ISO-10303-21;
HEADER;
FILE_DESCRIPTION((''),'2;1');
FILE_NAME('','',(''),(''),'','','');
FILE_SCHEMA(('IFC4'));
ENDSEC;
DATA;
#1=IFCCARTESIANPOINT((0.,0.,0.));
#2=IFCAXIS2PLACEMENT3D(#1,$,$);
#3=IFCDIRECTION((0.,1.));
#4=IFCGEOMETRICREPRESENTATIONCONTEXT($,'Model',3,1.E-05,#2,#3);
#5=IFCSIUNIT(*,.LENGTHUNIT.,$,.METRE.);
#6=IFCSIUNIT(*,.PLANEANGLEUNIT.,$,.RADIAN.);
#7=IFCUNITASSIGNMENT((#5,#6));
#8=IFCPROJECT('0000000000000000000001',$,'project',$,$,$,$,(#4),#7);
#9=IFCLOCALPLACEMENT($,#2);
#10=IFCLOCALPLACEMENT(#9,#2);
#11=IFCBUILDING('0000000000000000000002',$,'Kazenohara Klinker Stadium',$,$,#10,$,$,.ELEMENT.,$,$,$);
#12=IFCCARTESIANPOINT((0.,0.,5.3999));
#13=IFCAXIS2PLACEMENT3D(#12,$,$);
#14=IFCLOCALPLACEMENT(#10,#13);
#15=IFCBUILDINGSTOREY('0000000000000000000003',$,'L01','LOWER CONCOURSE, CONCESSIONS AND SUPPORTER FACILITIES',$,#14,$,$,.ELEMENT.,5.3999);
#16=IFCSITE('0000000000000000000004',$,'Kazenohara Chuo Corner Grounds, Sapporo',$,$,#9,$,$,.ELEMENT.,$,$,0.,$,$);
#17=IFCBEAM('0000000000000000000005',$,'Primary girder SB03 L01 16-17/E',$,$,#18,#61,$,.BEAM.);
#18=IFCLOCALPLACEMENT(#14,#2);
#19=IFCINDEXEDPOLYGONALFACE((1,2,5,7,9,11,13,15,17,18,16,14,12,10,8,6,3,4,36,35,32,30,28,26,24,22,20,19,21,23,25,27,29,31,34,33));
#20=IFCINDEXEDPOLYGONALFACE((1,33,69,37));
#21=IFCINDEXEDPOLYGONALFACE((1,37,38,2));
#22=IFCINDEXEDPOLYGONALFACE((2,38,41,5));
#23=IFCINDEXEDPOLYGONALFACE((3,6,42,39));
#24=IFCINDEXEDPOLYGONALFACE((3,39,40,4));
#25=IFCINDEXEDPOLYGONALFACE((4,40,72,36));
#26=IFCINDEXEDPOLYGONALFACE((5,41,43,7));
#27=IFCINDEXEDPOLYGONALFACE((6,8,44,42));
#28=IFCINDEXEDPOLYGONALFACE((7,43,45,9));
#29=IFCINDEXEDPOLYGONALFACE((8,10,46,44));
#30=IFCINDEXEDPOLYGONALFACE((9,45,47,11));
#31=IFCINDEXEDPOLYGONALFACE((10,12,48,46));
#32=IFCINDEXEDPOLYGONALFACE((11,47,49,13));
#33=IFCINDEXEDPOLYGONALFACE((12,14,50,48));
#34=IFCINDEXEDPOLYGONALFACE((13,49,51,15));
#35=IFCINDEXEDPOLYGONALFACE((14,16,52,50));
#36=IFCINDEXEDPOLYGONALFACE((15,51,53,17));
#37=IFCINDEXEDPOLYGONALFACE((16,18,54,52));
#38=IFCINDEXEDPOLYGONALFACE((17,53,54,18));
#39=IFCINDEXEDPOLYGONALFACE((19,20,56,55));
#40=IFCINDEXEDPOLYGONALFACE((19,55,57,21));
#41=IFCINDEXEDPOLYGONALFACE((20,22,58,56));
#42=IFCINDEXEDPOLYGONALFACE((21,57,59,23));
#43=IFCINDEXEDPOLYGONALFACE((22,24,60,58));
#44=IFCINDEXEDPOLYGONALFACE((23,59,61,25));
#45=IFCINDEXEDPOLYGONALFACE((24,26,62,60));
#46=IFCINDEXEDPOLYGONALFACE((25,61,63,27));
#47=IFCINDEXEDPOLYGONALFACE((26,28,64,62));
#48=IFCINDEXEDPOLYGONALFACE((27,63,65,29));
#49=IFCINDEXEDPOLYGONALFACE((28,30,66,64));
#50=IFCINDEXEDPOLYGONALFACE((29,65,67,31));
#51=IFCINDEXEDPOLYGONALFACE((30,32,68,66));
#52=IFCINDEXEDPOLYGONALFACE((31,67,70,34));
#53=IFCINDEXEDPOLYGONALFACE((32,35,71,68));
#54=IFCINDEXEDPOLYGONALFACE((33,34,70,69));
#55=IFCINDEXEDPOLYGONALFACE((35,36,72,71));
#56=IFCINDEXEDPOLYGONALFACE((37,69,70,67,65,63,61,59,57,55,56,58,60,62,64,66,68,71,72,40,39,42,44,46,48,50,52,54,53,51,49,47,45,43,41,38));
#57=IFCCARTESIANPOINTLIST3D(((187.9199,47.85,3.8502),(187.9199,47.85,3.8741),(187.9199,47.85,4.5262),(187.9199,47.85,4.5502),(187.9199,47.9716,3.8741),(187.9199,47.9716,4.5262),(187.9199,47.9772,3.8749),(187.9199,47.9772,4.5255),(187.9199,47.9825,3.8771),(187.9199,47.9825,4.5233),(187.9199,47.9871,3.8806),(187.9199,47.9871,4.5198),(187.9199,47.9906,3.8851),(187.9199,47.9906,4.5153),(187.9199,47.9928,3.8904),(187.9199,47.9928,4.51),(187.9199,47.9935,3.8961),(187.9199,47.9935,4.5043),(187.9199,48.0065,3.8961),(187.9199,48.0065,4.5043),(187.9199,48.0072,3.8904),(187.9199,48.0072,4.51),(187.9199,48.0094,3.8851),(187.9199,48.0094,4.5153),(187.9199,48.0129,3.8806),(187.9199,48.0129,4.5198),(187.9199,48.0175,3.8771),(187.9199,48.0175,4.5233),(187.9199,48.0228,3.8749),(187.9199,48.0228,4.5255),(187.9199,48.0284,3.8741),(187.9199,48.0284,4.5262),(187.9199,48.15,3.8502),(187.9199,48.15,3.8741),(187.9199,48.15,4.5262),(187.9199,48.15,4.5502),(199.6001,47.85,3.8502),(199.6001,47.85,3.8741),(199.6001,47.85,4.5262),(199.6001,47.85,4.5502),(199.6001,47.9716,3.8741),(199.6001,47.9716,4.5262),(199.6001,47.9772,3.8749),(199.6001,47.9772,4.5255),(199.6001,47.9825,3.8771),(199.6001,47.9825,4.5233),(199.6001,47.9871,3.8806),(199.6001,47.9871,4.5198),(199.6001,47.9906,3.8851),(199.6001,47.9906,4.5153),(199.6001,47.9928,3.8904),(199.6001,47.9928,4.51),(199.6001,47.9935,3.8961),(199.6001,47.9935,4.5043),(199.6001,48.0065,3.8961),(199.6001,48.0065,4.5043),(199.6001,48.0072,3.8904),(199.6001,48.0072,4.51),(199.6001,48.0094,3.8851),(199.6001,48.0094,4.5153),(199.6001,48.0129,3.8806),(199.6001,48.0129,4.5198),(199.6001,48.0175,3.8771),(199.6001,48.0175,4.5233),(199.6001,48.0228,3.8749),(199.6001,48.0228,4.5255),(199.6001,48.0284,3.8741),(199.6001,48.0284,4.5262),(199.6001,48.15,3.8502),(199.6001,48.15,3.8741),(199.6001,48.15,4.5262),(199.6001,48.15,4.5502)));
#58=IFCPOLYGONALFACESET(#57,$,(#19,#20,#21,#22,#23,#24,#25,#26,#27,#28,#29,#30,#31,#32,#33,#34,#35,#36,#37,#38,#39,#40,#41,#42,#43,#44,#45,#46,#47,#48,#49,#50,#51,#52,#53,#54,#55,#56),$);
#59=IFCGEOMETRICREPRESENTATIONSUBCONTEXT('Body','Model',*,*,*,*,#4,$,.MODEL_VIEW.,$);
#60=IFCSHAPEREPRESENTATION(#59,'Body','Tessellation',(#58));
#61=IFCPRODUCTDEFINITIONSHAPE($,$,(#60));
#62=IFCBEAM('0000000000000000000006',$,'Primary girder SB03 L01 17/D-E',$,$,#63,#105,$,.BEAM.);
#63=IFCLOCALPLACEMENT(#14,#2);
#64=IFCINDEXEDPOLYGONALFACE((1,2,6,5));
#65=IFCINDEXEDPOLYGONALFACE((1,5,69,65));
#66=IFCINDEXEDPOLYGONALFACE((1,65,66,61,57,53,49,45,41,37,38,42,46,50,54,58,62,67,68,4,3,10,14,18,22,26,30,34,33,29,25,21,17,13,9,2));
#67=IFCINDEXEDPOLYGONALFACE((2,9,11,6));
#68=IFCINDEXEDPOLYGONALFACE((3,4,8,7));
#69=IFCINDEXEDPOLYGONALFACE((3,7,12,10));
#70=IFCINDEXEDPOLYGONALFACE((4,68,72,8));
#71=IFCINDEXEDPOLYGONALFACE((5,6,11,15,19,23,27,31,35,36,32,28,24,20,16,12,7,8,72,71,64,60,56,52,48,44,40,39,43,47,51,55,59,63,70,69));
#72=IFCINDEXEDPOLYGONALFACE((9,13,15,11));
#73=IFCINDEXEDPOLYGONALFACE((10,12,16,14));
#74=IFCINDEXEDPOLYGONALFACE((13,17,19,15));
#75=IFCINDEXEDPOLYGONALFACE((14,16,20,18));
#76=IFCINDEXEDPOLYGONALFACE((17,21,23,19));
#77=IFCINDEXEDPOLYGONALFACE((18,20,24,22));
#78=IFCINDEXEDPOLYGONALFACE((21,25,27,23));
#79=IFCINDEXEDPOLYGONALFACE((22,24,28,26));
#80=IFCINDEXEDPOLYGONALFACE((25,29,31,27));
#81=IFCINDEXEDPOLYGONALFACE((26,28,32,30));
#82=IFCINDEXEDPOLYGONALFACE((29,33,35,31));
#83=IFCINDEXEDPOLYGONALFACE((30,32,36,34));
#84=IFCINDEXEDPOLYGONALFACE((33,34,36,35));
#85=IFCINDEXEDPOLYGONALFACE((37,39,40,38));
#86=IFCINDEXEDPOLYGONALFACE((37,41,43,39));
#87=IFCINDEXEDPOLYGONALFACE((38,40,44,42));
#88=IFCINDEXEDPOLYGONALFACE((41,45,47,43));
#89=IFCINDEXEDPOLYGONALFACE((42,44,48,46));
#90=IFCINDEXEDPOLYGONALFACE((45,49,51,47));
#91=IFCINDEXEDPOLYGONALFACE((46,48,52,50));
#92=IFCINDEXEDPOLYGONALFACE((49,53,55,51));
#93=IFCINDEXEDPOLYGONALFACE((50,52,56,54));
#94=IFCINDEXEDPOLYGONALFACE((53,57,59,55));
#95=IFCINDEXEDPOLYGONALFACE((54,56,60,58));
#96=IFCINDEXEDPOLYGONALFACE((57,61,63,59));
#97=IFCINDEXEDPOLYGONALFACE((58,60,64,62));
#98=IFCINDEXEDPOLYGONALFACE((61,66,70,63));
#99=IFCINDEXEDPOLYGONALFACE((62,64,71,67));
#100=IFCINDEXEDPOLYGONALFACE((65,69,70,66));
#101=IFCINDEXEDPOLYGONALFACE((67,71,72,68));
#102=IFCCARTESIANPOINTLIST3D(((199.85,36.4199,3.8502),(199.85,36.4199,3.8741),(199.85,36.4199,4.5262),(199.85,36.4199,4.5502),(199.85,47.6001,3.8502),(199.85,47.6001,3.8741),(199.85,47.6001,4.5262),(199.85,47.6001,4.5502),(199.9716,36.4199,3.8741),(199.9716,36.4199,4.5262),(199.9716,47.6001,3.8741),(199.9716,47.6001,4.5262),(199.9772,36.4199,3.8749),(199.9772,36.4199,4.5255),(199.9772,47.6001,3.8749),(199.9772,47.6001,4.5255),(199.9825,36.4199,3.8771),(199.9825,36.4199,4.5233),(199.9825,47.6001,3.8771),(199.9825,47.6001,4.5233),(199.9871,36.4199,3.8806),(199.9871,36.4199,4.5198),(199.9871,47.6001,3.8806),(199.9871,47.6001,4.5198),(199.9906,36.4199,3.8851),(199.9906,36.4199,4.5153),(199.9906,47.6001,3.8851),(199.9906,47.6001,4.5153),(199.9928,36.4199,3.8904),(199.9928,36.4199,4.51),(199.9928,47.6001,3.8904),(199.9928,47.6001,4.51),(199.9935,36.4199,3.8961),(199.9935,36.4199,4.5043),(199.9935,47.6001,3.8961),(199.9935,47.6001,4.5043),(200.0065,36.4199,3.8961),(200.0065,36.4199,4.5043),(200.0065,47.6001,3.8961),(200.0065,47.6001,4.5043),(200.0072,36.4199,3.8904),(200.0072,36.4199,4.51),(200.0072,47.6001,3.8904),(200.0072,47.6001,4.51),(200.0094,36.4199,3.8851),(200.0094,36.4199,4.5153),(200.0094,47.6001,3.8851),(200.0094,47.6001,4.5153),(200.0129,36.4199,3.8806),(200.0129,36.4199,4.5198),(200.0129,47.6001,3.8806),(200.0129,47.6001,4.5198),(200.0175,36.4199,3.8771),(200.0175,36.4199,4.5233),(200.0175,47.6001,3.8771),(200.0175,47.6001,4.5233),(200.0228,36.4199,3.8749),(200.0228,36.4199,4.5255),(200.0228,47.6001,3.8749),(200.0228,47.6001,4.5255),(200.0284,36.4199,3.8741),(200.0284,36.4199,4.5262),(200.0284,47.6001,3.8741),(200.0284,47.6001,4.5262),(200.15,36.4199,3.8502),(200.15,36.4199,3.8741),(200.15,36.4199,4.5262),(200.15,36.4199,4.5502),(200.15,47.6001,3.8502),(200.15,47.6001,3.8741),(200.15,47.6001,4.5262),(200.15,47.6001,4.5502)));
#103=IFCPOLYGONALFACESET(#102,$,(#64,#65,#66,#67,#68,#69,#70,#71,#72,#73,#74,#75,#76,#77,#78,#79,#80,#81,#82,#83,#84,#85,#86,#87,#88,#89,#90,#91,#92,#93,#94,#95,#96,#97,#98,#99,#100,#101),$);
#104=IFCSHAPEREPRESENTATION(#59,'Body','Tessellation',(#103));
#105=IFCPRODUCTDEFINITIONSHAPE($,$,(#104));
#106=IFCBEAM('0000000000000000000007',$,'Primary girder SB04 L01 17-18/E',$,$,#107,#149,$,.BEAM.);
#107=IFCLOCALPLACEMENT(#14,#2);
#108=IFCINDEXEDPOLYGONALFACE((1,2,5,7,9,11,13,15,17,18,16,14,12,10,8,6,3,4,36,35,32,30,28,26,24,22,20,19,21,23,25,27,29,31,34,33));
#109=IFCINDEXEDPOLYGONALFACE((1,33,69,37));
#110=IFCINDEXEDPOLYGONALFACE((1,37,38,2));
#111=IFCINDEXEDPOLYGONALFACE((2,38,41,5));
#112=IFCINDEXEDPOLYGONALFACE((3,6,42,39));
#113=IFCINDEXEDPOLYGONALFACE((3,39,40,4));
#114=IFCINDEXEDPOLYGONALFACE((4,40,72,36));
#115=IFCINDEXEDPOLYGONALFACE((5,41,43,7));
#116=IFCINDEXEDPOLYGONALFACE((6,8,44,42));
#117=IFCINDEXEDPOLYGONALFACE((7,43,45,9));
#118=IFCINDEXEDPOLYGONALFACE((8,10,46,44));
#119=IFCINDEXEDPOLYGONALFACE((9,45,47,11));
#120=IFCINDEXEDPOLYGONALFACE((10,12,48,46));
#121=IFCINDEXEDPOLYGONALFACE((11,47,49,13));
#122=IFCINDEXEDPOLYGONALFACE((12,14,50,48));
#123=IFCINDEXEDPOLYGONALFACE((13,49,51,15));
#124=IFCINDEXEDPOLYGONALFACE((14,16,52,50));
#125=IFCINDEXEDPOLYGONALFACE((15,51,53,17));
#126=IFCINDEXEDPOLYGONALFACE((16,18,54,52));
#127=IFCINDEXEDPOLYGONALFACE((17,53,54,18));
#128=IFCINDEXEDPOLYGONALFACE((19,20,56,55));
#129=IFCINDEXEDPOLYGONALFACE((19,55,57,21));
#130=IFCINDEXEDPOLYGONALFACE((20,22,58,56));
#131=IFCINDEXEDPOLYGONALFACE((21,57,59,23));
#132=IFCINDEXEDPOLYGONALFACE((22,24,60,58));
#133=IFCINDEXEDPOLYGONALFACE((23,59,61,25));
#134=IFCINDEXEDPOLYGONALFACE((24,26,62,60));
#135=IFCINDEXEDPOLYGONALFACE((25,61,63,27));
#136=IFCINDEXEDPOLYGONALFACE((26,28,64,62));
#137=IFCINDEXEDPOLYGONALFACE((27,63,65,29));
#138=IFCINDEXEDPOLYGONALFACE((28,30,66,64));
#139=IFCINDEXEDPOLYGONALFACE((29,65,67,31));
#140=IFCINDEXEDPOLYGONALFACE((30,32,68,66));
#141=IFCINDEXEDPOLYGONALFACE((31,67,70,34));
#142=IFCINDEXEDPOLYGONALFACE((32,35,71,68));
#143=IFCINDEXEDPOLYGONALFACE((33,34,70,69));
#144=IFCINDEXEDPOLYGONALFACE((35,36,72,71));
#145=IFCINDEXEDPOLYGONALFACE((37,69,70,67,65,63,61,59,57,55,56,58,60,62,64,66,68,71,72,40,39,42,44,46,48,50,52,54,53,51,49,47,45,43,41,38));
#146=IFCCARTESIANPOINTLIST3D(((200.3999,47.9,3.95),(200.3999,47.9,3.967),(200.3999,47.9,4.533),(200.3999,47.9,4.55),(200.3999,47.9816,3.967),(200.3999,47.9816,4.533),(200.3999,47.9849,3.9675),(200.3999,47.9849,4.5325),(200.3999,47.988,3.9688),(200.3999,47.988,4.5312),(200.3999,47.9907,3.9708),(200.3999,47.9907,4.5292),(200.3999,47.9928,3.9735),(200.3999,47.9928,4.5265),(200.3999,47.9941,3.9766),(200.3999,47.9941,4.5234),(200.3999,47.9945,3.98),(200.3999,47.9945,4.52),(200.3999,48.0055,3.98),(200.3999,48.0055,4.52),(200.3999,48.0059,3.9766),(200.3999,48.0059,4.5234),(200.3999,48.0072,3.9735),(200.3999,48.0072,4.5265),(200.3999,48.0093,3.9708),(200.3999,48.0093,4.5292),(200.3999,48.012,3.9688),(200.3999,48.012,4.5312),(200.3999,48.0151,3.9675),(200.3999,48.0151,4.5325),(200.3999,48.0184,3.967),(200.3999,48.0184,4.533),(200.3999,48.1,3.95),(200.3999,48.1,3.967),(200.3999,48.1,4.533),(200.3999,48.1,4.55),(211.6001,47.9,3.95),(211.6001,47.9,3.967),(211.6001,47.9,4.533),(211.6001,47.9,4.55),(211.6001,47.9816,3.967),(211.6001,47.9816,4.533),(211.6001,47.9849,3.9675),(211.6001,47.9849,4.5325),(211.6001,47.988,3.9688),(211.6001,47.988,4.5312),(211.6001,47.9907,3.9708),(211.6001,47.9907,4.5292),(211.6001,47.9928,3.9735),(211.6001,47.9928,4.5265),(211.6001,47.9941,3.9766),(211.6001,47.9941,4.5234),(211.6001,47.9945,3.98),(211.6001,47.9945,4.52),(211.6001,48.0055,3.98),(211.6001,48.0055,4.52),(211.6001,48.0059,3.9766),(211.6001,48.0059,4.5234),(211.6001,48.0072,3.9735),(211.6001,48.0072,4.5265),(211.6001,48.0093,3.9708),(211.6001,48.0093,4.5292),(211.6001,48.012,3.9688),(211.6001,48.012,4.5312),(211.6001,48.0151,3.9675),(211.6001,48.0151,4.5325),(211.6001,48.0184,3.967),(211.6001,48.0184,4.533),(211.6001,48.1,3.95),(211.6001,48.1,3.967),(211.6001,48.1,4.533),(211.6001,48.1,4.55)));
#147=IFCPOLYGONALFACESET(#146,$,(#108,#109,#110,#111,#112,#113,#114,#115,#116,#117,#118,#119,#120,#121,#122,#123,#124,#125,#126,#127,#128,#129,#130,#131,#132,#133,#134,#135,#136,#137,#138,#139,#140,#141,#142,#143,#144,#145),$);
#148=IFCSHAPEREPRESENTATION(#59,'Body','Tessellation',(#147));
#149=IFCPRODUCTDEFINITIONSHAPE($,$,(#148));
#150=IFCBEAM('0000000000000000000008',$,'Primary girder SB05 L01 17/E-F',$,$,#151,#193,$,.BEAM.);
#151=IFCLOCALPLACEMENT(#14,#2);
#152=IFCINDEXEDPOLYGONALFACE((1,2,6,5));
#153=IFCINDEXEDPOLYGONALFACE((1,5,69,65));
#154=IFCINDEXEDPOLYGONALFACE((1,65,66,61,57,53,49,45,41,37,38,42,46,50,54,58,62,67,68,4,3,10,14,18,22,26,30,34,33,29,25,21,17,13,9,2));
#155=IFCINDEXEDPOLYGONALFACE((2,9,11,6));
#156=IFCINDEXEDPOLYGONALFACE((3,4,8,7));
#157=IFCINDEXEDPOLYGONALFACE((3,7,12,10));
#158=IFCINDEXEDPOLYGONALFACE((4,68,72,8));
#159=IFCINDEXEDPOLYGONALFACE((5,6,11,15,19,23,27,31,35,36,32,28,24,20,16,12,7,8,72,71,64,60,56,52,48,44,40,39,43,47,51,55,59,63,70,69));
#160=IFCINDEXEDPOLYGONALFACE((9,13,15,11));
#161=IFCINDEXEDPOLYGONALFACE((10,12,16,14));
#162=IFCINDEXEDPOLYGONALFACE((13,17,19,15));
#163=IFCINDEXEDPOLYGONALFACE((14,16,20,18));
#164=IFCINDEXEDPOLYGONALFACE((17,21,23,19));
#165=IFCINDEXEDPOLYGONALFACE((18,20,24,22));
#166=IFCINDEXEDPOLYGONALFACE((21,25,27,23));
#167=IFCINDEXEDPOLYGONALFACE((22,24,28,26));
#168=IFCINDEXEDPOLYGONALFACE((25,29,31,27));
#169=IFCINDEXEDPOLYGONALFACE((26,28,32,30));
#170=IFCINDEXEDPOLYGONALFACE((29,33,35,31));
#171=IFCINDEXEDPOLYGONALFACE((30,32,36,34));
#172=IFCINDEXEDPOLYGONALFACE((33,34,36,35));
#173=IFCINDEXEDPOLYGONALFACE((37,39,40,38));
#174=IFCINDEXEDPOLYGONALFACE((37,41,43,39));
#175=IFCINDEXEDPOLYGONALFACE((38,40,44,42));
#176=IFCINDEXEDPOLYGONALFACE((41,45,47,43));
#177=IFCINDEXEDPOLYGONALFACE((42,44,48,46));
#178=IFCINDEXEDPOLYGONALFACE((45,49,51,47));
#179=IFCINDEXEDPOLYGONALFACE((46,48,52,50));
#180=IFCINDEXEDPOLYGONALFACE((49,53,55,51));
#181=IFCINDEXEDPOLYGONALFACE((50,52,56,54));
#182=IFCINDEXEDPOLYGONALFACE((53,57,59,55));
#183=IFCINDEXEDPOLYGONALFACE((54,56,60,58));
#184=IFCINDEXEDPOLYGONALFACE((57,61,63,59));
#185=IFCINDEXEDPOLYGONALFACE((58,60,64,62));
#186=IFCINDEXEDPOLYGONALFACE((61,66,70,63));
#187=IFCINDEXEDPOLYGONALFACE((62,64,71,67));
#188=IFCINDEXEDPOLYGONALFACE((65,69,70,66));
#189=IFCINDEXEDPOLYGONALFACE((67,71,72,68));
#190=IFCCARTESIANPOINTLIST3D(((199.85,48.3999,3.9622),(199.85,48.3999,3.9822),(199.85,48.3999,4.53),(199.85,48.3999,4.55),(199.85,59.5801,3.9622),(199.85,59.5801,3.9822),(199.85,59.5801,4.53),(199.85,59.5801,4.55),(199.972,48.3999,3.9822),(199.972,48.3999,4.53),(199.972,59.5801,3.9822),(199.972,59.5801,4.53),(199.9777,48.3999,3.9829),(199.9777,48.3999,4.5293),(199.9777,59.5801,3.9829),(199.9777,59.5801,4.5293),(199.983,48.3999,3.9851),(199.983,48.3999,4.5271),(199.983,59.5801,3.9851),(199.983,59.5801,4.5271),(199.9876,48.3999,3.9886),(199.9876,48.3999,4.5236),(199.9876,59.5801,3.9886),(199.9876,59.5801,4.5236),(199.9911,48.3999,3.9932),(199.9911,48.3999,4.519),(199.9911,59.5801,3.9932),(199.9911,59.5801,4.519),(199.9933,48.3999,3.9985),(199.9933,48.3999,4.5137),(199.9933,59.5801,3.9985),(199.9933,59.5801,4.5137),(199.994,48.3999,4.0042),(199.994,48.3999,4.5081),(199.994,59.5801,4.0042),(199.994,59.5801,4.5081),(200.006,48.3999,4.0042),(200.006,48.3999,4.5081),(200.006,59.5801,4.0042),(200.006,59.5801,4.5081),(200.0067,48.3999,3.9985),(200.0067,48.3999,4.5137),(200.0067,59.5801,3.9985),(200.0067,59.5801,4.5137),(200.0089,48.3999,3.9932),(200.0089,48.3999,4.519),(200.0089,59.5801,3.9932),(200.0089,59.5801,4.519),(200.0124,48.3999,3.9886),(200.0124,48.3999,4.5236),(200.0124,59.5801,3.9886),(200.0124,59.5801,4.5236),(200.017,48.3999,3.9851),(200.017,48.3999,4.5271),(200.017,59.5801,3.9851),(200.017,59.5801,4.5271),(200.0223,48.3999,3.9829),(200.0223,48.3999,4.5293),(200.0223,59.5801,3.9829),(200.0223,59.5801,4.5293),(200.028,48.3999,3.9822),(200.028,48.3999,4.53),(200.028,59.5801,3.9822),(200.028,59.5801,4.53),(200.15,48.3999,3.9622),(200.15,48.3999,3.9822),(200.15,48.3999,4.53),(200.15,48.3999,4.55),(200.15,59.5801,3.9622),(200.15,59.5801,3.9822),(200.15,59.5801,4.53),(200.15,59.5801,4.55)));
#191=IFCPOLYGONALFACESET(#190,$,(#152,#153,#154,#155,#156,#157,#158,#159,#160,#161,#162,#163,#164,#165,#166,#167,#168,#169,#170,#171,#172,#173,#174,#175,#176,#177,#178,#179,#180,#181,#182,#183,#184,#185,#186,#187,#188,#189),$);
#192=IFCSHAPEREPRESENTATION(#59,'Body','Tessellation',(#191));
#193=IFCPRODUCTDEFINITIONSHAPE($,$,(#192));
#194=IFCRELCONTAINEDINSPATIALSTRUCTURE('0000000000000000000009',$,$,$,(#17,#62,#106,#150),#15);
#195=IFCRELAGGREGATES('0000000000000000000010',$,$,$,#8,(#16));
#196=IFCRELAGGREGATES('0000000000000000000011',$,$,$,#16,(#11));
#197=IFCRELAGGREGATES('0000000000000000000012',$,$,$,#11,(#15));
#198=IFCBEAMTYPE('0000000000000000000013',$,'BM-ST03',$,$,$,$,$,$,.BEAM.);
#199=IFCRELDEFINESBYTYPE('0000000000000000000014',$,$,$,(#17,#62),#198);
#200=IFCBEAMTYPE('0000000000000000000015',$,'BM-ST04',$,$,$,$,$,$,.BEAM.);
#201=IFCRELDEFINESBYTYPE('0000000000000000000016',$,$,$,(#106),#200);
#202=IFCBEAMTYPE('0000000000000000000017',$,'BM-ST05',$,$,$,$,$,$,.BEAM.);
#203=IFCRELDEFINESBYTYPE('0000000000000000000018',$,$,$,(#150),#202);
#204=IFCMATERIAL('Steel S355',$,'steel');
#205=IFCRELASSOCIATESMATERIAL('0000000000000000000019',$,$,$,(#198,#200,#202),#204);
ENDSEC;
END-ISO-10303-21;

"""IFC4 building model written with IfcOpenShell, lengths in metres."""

from ifc_helpers import new_model, si_unit, direction, frame, origin, origin_2d, place, context, subcontext, project, spatial, i_section, extrude, material, material_profile, profile_set, type_object, element, save


model = new_model("IFC4")

# Units and contexts
model_context = context("Model", 3, precision=1e-05, world=origin(), true_north=direction((0.0, 1.0)))
body_context = subcontext(model_context, "Body", "Model", "MODEL_VIEW")
ifc_project = project(units=[si_unit("LENGTHUNIT", "METRE"), si_unit("PLANEANGLEUNIT", "RADIAN")], contexts=[model_context])

# Site, building, storey
site_placement = place(None, origin())
site = spatial("IfcSite", under=ifc_project, at=site_placement, Name="Kazenohara Chuo Corner Grounds, Sapporo", CompositionType="ELEMENT", RefElevation=0.0)
building_placement = place(site_placement, origin())
building = spatial("IfcBuilding", under=site, at=building_placement, Name="Kazenohara Klinker Stadium", CompositionType="ELEMENT")
storey_placement = place(building_placement, frame((0.0, 0.0, 5.3999)))
storey = spatial("IfcBuildingStorey", under=building, at=storey_placement, Name="L01", Description="LOWER CONCOURSE, CONCESSIONS AND SUPPORTER FACILITIES", CompositionType="ELEMENT", Elevation=5.3999)

# Beams
ifc_material_1 = material(Name="Steel S355", Category="steel")
ifc_material_profile_1 = material_profile(ifc_material_1, i_section(OverallWidth=0.3, OverallDepth=0.7, WebThickness=0.0129, FlangeThickness=0.0239, FilletRadius=0.022, at=origin_2d()), Name="H-700x300x13x24")
ifc_profile_set_1 = profile_set([ifc_material_profile_1], Name="Steel S355")
beam_type_1 = type_object("IfcBeamType", Name="BM-ST03", PredefinedType="BEAM", material=ifc_profile_set_1)
beam_1_placement = place(storey_placement, frame((187.9199, 48.0, 4.2002), z_axis=(1.0, 0.0, 0.0), x_axis=(0.0, 1.0, 0.0)))
element("IfcBeam", 1, at=beam_1_placement, inside=storey, type_object=beam_type_1, Name="Primary girder SB03 L01 16-17/E", PredefinedType="BEAM", context=body_context, shape_type="SweptSolid", body=[
    extrude(i_section(OverallWidth=0.3, OverallDepth=0.7, WebThickness=0.0129, FlangeThickness=0.0239, FilletRadius=0.022, at=origin_2d()), origin(), (0.0, 0.0, 1.0), 11.6802),
])
beam_2_placement = place(storey_placement, frame((200.0, 36.4199, 4.2002), z_axis=(0.0, 1.0, 0.0), x_axis=(-1.0, 0.0, 0.0)))
element("IfcBeam", 2, at=beam_2_placement, inside=storey, type_object=beam_type_1, Name="Primary girder SB03 L01 17/D-E", PredefinedType="BEAM", context=body_context, shape_type="SweptSolid", body=[
    extrude(i_section(OverallWidth=0.3, OverallDepth=0.7, WebThickness=0.0129, FlangeThickness=0.0239, FilletRadius=0.022, at=origin_2d()), origin(), (0.0, 0.0, 1.0), 11.1802),
])
ifc_material_profile_2 = material_profile(ifc_material_1, i_section(OverallWidth=0.2, OverallDepth=0.6001, WebThickness=0.011, FlangeThickness=0.0171, FilletRadius=0.0129, at=origin_2d()), Name="H-600x200x11x17")
ifc_profile_set_2 = profile_set([ifc_material_profile_2], Name="Steel S355")
beam_type_2 = type_object("IfcBeamType", Name="BM-ST04", PredefinedType="BEAM", material=ifc_profile_set_2)
beam_3_placement = place(storey_placement, frame((200.3999, 48.0, 4.25), z_axis=(1.0, 0.0, 0.0), x_axis=(0.0, 1.0, 0.0)))
element("IfcBeam", 3, at=beam_3_placement, inside=storey, type_object=beam_type_2, Name="Primary girder SB04 L01 17-18/E", PredefinedType="BEAM", context=body_context, shape_type="SweptSolid", body=[
    extrude(i_section(OverallWidth=0.2, OverallDepth=0.6001, WebThickness=0.011, FlangeThickness=0.0171, FilletRadius=0.0129, at=origin_2d()), origin(), (0.0, 0.0, 1.0), 11.2002),
])
ifc_material_profile_3 = material_profile(ifc_material_1, i_section(OverallWidth=0.3, OverallDepth=0.5879, WebThickness=0.012, FlangeThickness=0.02, FilletRadius=0.022, at=origin_2d()), Name="H-588x300x12x20")
ifc_profile_set_3 = profile_set([ifc_material_profile_3], Name="Steel S355")
beam_type_3 = type_object("IfcBeamType", Name="BM-ST05", PredefinedType="BEAM", material=ifc_profile_set_3)
beam_4_placement = place(storey_placement, frame((200.0, 48.3999, 4.2561), z_axis=(0.0, 1.0, 0.0), x_axis=(-1.0, 0.0, 0.0)))
element("IfcBeam", 4, at=beam_4_placement, inside=storey, type_object=beam_type_3, Name="Primary girder SB05 L01 17/E-F", PredefinedType="BEAM", context=body_context, shape_type="SweptSolid", body=[
    extrude(i_section(OverallWidth=0.3, OverallDepth=0.5879, WebThickness=0.012, FlangeThickness=0.02, FilletRadius=0.022, at=origin_2d()), origin(), (0.0, 0.0, 1.0), 11.1802),
])

save(model, "model.ifc")
